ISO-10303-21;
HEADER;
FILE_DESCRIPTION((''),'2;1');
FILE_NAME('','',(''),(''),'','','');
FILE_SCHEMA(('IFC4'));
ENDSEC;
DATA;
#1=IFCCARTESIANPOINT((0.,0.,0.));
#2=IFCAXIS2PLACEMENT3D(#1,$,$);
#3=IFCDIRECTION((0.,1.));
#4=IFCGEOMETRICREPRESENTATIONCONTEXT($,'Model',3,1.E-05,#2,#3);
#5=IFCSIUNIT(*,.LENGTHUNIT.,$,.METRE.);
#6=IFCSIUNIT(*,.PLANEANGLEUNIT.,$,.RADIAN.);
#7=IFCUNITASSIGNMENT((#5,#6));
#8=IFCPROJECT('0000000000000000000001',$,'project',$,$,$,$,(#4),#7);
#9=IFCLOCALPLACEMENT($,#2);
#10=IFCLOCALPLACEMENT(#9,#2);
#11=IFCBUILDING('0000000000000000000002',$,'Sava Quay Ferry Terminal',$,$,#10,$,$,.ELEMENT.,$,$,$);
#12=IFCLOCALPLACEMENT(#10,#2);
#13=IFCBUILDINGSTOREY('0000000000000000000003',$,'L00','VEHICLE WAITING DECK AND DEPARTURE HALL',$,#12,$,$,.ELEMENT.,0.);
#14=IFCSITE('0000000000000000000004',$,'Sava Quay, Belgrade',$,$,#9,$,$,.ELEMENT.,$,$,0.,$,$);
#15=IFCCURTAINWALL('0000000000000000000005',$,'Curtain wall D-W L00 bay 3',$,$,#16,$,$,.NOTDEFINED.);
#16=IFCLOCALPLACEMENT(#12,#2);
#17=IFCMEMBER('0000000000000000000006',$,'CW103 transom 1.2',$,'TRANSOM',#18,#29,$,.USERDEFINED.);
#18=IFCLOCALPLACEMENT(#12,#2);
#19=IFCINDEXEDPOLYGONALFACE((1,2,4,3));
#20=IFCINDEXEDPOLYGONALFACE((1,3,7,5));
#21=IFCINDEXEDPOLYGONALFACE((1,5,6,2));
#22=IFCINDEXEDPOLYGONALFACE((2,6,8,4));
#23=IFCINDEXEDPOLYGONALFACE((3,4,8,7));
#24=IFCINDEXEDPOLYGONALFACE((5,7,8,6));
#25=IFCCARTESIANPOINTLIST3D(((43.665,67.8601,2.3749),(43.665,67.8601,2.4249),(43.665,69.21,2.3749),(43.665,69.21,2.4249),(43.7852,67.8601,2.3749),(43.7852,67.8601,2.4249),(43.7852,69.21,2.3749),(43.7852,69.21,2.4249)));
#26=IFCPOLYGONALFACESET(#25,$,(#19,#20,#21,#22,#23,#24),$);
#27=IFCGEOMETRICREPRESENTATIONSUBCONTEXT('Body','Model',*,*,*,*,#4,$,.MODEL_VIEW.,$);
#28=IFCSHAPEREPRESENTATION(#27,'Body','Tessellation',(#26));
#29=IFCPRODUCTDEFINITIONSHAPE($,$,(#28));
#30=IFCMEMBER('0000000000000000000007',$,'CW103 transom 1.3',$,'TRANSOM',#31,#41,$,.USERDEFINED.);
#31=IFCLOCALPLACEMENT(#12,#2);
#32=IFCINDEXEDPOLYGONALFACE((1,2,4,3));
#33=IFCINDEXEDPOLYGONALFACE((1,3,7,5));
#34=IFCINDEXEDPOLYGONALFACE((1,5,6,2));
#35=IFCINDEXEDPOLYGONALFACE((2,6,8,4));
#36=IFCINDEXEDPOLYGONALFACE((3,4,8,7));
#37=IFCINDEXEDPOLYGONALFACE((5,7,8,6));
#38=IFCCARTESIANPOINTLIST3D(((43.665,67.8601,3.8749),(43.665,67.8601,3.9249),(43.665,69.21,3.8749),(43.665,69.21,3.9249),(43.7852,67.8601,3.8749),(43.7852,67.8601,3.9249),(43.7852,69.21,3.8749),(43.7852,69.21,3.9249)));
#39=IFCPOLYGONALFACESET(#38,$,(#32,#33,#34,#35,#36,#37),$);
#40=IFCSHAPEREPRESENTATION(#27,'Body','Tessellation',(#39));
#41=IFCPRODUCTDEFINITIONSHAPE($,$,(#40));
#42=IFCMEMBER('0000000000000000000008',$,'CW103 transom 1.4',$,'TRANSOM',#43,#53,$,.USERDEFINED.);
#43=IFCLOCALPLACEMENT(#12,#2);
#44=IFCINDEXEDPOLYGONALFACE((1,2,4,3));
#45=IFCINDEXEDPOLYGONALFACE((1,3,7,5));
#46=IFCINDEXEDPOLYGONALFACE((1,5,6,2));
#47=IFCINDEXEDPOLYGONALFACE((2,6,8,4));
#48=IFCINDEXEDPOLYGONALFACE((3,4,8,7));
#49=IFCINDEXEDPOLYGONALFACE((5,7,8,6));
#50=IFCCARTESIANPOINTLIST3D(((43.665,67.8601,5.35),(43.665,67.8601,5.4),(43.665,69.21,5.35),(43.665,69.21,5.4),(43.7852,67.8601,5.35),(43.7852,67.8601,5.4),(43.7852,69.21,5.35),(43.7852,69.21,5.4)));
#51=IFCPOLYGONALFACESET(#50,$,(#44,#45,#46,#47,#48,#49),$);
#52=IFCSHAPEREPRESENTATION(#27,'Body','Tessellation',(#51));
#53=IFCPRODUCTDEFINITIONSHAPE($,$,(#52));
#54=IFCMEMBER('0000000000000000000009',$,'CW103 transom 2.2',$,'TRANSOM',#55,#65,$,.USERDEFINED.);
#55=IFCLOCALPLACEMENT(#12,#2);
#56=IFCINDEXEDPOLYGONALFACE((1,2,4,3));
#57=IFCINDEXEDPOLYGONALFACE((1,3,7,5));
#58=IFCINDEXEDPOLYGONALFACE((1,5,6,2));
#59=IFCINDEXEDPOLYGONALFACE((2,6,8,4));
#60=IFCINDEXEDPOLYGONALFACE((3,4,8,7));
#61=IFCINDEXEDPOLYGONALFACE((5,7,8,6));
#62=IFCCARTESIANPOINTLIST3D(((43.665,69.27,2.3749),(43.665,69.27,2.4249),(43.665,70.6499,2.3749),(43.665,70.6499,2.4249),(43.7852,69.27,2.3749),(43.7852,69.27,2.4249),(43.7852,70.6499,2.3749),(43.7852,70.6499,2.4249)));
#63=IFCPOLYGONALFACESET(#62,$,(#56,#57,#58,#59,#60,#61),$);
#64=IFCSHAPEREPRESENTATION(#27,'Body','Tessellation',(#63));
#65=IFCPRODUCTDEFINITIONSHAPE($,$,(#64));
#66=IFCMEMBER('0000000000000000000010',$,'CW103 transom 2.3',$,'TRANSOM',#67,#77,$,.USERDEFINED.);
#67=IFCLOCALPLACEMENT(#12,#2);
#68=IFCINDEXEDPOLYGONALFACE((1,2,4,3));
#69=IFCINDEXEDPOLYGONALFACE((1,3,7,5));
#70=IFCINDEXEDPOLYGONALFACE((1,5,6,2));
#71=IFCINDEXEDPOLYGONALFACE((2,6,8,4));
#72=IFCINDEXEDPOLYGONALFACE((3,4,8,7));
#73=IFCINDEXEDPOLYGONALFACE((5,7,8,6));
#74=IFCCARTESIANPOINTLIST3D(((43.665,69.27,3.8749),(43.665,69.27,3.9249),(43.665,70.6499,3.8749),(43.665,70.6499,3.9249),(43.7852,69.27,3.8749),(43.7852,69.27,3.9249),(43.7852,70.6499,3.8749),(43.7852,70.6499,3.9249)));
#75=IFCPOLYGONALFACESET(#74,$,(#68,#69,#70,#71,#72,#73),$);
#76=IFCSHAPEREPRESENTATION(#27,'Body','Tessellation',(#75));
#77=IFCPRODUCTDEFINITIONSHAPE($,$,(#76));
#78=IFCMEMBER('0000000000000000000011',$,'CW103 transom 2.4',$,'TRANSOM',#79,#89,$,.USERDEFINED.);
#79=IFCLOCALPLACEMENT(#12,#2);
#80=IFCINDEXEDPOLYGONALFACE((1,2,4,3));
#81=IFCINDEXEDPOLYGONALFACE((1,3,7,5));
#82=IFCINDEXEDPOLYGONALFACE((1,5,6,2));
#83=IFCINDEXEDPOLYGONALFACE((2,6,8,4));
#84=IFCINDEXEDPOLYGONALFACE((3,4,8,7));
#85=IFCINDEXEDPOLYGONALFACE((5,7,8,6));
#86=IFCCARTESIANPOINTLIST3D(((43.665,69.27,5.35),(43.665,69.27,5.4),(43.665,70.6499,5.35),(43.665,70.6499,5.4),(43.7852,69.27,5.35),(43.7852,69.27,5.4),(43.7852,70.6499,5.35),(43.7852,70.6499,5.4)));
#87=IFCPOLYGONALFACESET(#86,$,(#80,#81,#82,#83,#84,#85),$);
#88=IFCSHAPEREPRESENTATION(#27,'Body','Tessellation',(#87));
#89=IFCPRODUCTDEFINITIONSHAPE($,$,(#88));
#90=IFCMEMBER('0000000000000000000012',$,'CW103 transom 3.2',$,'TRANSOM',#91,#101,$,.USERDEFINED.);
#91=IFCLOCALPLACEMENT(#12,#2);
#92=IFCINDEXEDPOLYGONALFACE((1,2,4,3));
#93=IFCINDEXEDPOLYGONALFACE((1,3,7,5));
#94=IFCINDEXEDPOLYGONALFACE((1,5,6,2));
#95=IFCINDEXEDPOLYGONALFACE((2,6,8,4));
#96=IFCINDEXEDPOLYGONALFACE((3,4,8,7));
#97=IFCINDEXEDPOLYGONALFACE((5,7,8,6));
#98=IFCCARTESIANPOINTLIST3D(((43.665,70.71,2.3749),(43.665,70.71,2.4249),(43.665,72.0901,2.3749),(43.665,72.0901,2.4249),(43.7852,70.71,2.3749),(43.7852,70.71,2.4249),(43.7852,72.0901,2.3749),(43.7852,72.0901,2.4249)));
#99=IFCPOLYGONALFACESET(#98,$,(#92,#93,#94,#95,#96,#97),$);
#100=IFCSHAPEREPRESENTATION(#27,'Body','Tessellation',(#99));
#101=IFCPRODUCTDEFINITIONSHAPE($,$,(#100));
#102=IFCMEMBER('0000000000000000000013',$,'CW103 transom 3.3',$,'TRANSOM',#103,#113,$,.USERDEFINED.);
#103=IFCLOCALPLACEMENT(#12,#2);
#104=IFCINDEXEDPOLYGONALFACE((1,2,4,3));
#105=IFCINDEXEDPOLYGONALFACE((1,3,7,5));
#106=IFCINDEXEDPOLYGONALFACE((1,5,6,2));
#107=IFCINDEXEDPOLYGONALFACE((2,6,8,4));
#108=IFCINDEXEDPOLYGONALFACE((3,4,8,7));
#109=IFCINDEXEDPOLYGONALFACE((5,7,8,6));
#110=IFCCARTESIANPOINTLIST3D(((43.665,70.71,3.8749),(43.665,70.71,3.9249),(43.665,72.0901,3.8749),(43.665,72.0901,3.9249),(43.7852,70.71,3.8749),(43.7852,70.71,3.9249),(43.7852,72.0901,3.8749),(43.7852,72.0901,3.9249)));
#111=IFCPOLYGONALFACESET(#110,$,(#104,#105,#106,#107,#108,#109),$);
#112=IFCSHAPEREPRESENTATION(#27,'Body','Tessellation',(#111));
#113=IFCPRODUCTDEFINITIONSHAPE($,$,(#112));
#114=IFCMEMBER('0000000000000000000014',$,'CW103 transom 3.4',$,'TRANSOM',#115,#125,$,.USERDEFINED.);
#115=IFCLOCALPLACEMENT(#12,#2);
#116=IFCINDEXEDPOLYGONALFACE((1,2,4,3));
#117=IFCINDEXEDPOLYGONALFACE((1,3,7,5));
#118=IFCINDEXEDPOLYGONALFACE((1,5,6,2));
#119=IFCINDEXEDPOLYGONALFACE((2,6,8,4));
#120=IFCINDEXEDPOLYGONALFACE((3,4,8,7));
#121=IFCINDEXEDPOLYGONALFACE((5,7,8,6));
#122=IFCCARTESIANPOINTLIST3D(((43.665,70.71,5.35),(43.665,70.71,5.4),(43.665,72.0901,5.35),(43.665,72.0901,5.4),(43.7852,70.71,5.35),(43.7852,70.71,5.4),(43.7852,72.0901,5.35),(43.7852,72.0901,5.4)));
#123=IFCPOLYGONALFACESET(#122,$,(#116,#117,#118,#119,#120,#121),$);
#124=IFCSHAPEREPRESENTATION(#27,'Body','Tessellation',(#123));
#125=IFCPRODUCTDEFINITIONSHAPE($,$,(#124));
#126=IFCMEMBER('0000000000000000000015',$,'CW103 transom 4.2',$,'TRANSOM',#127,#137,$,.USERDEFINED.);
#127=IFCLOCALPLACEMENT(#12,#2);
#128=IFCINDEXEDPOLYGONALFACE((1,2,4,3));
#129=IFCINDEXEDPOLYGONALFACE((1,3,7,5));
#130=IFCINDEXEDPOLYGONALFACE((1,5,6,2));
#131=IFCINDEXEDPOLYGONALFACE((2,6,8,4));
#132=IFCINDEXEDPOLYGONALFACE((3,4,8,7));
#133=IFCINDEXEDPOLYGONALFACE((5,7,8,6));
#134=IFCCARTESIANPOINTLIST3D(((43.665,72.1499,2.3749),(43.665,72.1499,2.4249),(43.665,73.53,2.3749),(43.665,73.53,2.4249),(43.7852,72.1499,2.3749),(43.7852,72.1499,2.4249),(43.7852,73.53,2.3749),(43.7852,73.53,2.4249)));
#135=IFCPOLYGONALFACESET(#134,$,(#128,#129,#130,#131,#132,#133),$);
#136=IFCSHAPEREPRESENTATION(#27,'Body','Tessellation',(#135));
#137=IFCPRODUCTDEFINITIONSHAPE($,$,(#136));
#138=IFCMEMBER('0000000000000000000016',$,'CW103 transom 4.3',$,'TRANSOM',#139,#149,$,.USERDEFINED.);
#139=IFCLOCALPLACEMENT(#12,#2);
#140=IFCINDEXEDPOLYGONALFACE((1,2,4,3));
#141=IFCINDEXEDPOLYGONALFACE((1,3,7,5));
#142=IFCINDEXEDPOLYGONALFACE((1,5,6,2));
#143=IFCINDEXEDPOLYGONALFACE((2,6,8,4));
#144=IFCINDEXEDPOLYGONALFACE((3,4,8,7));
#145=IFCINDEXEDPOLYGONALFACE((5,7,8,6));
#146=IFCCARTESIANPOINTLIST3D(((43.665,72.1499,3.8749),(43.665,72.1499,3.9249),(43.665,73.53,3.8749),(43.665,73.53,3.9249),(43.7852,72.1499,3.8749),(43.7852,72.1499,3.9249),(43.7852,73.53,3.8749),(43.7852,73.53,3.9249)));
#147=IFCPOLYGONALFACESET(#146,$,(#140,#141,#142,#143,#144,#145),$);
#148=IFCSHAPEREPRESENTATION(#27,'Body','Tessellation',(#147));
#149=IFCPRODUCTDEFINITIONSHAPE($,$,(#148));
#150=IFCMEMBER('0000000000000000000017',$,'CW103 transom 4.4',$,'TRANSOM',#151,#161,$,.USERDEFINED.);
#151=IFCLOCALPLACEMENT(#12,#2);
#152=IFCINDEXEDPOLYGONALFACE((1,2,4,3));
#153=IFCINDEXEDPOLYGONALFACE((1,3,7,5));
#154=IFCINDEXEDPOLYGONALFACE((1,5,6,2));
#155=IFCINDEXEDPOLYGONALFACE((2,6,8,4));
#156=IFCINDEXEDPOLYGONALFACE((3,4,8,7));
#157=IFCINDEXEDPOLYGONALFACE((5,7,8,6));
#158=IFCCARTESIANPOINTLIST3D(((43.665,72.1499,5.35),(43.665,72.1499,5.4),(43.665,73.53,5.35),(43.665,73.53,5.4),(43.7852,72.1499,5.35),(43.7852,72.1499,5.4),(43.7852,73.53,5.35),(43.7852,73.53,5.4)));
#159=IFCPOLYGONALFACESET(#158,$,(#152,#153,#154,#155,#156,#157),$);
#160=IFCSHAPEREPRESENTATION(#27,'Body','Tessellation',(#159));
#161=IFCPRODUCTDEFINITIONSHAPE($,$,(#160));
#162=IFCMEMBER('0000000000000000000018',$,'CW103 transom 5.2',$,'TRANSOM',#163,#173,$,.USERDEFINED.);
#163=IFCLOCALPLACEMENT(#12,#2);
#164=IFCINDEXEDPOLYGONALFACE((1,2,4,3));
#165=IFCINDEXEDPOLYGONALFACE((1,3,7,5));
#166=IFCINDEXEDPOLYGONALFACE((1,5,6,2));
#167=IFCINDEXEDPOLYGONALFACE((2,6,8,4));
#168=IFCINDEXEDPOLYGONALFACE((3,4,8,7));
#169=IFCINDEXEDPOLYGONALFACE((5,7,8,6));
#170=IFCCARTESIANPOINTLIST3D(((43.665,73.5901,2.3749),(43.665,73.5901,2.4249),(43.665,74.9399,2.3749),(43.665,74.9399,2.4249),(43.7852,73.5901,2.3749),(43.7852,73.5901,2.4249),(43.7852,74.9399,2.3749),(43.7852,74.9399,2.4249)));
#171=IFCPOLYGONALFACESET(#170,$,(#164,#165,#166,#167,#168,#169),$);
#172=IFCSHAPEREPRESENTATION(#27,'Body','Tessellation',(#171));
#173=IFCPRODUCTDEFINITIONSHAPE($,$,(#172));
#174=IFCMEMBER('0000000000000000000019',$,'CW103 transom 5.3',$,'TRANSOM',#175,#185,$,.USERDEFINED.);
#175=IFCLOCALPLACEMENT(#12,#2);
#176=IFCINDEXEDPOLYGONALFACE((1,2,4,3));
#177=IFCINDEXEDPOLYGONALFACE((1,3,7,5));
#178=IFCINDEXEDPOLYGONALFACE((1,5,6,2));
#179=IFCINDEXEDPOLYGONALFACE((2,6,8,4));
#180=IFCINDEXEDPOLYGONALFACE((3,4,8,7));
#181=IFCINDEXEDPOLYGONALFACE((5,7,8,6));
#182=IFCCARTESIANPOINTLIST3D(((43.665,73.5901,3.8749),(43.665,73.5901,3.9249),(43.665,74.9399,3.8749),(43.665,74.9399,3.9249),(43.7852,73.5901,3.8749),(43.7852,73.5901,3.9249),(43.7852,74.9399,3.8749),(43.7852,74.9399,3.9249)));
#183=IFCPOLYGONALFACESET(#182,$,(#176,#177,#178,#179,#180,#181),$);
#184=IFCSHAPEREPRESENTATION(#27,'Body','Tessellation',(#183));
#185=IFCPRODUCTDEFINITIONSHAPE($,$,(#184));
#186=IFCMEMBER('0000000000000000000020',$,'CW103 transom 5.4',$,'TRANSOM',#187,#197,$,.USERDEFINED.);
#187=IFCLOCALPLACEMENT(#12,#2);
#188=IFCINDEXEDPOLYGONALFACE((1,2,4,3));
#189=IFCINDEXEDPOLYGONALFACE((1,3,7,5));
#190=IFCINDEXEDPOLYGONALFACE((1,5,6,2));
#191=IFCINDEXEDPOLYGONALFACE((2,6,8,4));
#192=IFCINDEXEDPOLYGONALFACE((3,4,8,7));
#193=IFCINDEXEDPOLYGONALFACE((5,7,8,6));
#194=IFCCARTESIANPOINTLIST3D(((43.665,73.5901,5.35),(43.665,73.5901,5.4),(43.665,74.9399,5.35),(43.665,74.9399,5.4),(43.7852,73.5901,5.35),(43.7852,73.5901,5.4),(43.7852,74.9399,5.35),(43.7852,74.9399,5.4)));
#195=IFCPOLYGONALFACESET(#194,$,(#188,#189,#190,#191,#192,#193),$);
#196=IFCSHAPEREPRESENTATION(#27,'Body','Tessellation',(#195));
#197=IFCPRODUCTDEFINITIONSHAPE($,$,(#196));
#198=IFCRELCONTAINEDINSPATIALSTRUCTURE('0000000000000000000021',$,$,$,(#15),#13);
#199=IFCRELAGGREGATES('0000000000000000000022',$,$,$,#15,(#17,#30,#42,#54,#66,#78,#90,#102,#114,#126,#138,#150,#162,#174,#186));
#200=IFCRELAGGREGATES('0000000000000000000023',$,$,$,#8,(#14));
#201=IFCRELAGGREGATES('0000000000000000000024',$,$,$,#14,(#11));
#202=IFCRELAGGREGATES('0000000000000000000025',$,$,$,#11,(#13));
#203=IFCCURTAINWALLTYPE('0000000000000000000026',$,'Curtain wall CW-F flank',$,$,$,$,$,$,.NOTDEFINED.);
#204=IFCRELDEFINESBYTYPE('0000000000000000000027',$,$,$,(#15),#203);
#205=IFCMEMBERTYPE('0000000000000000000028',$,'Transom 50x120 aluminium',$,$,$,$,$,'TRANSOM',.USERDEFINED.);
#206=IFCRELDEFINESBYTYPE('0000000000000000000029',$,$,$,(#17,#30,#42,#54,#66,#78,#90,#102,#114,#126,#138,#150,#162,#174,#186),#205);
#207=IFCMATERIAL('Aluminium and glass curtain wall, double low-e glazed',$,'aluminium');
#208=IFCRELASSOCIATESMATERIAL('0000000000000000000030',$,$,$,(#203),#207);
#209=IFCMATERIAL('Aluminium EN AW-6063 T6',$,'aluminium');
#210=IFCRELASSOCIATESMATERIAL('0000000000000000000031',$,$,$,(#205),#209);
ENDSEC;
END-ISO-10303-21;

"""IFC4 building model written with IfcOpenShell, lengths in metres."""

from ifc_helpers import new_model, si_unit, direction, frame, origin, origin_2d, place, context, subcontext, project, spatial, rectangle, extrude, material, material_profile, profile_set, type_object, element, aggregate, save


model = new_model("IFC4")

# Units and contexts
model_context = context("Model", 3, precision=1e-05, world=origin(), true_north=direction((0.0, 1.0)))
body_context = subcontext(model_context, "Body", "Model", "MODEL_VIEW")
ifc_project = project(units=[si_unit("LENGTHUNIT", "METRE"), si_unit("PLANEANGLEUNIT", "RADIAN")], contexts=[model_context])

# Site, building, storey
site_placement = place(None, origin())
site = spatial("IfcSite", under=ifc_project, at=site_placement, Name="Sava Quay, Belgrade", CompositionType="ELEMENT", RefElevation=0.0)
building_placement = place(site_placement, origin())
building = spatial("IfcBuilding", under=site, at=building_placement, Name="Sava Quay Ferry Terminal", CompositionType="ELEMENT")
storey_placement = place(building_placement, origin())
storey = spatial("IfcBuildingStorey", under=building, at=storey_placement, Name="L00", Description="VEHICLE WAITING DECK AND DEPARTURE HALL", CompositionType="ELEMENT", Elevation=0.0)

# Curtain wall, members
ifc_material_1 = material(Name="Aluminium and glass curtain wall, double low-e glazed", Category="aluminium")
curtain_wall_type = type_object("IfcCurtainWallType", Name="Curtain wall CW-F flank", PredefinedType="NOTDEFINED", material=ifc_material_1)
curtain_wall_placement = place(storey_placement, origin())
curtain_wall = element("IfcCurtainWall", 1, at=curtain_wall_placement, inside=storey, type_object=curtain_wall_type, Name="Curtain wall D-W L00 bay 3", PredefinedType="NOTDEFINED")
ifc_material_2 = material(Name="Aluminium EN AW-6063 T6", Category="aluminium")
ifc_material_profile = material_profile(ifc_material_2, rectangle(XDim=0.1201, YDim=0.05, at=origin_2d()), Name="Transom 50x120 aluminium")
ifc_profile_set = profile_set([ifc_material_profile], Name="Aluminium EN AW-6063 T6")
member_type = type_object("IfcMemberType", Name="Transom 50x120 aluminium", ElementType="TRANSOM", PredefinedType="USERDEFINED", material=ifc_profile_set)
member_1_placement = place(storey_placement, frame((43.7251, 67.8601, 2.3999), z_axis=(0.0, 1.0, 0.0), x_axis=(-1.0, 0.0, 0.0)))
member_1 = element("IfcMember", 2, at=member_1_placement, type_object=member_type, Name="CW103 transom 1.2", ObjectType="TRANSOM", PredefinedType="USERDEFINED", context=body_context, shape_type="SweptSolid", body=[
    extrude(rectangle(XDim=0.1201, YDim=0.05, at=origin_2d()), origin(), (0.0, 0.0, 1.0), 1.3499),
])
member_2_placement = place(storey_placement, frame((43.7251, 67.8601, 3.8999), z_axis=(0.0, 1.0, 0.0), x_axis=(-1.0, 0.0, 0.0)))
member_2 = element("IfcMember", 3, at=member_2_placement, type_object=member_type, Name="CW103 transom 1.3", ObjectType="TRANSOM", PredefinedType="USERDEFINED", context=body_context, shape_type="SweptSolid", body=[
    extrude(rectangle(XDim=0.1201, YDim=0.05, at=origin_2d()), origin(), (0.0, 0.0, 1.0), 1.3499),
])
member_3_placement = place(storey_placement, frame((43.7251, 67.8601, 5.375), z_axis=(0.0, 1.0, 0.0), x_axis=(-1.0, 0.0, 0.0)))
member_3 = element("IfcMember", 4, at=member_3_placement, type_object=member_type, Name="CW103 transom 1.4", ObjectType="TRANSOM", PredefinedType="USERDEFINED", context=body_context, shape_type="SweptSolid", body=[
    extrude(rectangle(XDim=0.1201, YDim=0.05, at=origin_2d()), origin(), (0.0, 0.0, 1.0), 1.3499),
])
member_4_placement = place(storey_placement, frame((43.7251, 69.27, 2.3999), z_axis=(0.0, 1.0, 0.0), x_axis=(-1.0, 0.0, 0.0)))
member_4 = element("IfcMember", 5, at=member_4_placement, type_object=member_type, Name="CW103 transom 2.2", ObjectType="TRANSOM", PredefinedType="USERDEFINED", context=body_context, shape_type="SweptSolid", body=[
    extrude(rectangle(XDim=0.1201, YDim=0.05, at=origin_2d()), origin(), (0.0, 0.0, 1.0), 1.3799),
])
member_5_placement = place(storey_placement, frame((43.7251, 69.27, 3.8999), z_axis=(0.0, 1.0, 0.0), x_axis=(-1.0, 0.0, 0.0)))
member_5 = element("IfcMember", 6, at=member_5_placement, type_object=member_type, Name="CW103 transom 2.3", ObjectType="TRANSOM", PredefinedType="USERDEFINED", context=body_context, shape_type="SweptSolid", body=[
    extrude(rectangle(XDim=0.1201, YDim=0.05, at=origin_2d()), origin(), (0.0, 0.0, 1.0), 1.3799),
])
member_6_placement = place(storey_placement, frame((43.7251, 69.27, 5.375), z_axis=(0.0, 1.0, 0.0), x_axis=(-1.0, 0.0, 0.0)))
member_6 = element("IfcMember", 7, at=member_6_placement, type_object=member_type, Name="CW103 transom 2.4", ObjectType="TRANSOM", PredefinedType="USERDEFINED", context=body_context, shape_type="SweptSolid", body=[
    extrude(rectangle(XDim=0.1201, YDim=0.05, at=origin_2d()), origin(), (0.0, 0.0, 1.0), 1.3799),
])
member_7_placement = place(storey_placement, frame((43.7251, 70.71, 2.3999), z_axis=(0.0, 1.0, 0.0), x_axis=(-1.0, 0.0, 0.0)))
member_7 = element("IfcMember", 8, at=member_7_placement, type_object=member_type, Name="CW103 transom 3.2", ObjectType="TRANSOM", PredefinedType="USERDEFINED", context=body_context, shape_type="SweptSolid", body=[
    extrude(rectangle(XDim=0.1201, YDim=0.05, at=origin_2d()), origin(), (0.0, 0.0, 1.0), 1.3801),
])
member_8_placement = place(storey_placement, frame((43.7251, 70.71, 3.8999), z_axis=(0.0, 1.0, 0.0), x_axis=(-1.0, 0.0, 0.0)))
member_8 = element("IfcMember", 9, at=member_8_placement, type_object=member_type, Name="CW103 transom 3.3", ObjectType="TRANSOM", PredefinedType="USERDEFINED", context=body_context, shape_type="SweptSolid", body=[
    extrude(rectangle(XDim=0.1201, YDim=0.05, at=origin_2d()), origin(), (0.0, 0.0, 1.0), 1.3801),
])
member_9_placement = place(storey_placement, frame((43.7251, 70.71, 5.375), z_axis=(0.0, 1.0, 0.0), x_axis=(-1.0, 0.0, 0.0)))
member_9 = element("IfcMember", 10, at=member_9_placement, type_object=member_type, Name="CW103 transom 3.4", ObjectType="TRANSOM", PredefinedType="USERDEFINED", context=body_context, shape_type="SweptSolid", body=[
    extrude(rectangle(XDim=0.1201, YDim=0.05, at=origin_2d()), origin(), (0.0, 0.0, 1.0), 1.3801),
])
member_10_placement = place(storey_placement, frame((43.7251, 72.1499, 2.3999), z_axis=(0.0, 1.0, 0.0), x_axis=(-1.0, 0.0, 0.0)))
member_10 = element("IfcMember", 11, at=member_10_placement, type_object=member_type, Name="CW103 transom 4.2", ObjectType="TRANSOM", PredefinedType="USERDEFINED", context=body_context, shape_type="SweptSolid", body=[
    extrude(rectangle(XDim=0.1201, YDim=0.05, at=origin_2d()), origin(), (0.0, 0.0, 1.0), 1.3801),
])
member_11_placement = place(storey_placement, frame((43.7251, 72.1499, 3.8999), z_axis=(0.0, 1.0, 0.0), x_axis=(-1.0, 0.0, 0.0)))
member_11 = element("IfcMember", 12, at=member_11_placement, type_object=member_type, Name="CW103 transom 4.3", ObjectType="TRANSOM", PredefinedType="USERDEFINED", context=body_context, shape_type="SweptSolid", body=[
    extrude(rectangle(XDim=0.1201, YDim=0.05, at=origin_2d()), origin(), (0.0, 0.0, 1.0), 1.3801),
])
member_12_placement = place(storey_placement, frame((43.7251, 72.1499, 5.375), z_axis=(0.0, 1.0, 0.0), x_axis=(-1.0, 0.0, 0.0)))
member_12 = element("IfcMember", 13, at=member_12_placement, type_object=member_type, Name="CW103 transom 4.4", ObjectType="TRANSOM", PredefinedType="USERDEFINED", context=body_context, shape_type="SweptSolid", body=[
    extrude(rectangle(XDim=0.1201, YDim=0.05, at=origin_2d()), origin(), (0.0, 0.0, 1.0), 1.3801),
])
member_13_placement = place(storey_placement, frame((43.7251, 73.5901, 2.3999), z_axis=(0.0, 1.0, 0.0), x_axis=(-1.0, 0.0, 0.0)))
member_13 = element("IfcMember", 14, at=member_13_placement, type_object=member_type, Name="CW103 transom 5.2", ObjectType="TRANSOM", PredefinedType="USERDEFINED", context=body_context, shape_type="SweptSolid", body=[
    extrude(rectangle(XDim=0.1201, YDim=0.05, at=origin_2d()), origin(), (0.0, 0.0, 1.0), 1.3499),
])
member_14_placement = place(storey_placement, frame((43.7251, 73.5901, 3.8999), z_axis=(0.0, 1.0, 0.0), x_axis=(-1.0, 0.0, 0.0)))
member_14 = element("IfcMember", 15, at=member_14_placement, type_object=member_type, Name="CW103 transom 5.3", ObjectType="TRANSOM", PredefinedType="USERDEFINED", context=body_context, shape_type="SweptSolid", body=[
    extrude(rectangle(XDim=0.1201, YDim=0.05, at=origin_2d()), origin(), (0.0, 0.0, 1.0), 1.3499),
])
member_15_placement = place(storey_placement, frame((43.7251, 73.5901, 5.375), z_axis=(0.0, 1.0, 0.0), x_axis=(-1.0, 0.0, 0.0)))
member_15 = element("IfcMember", 16, at=member_15_placement, type_object=member_type, Name="CW103 transom 5.4", ObjectType="TRANSOM", PredefinedType="USERDEFINED", context=body_context, shape_type="SweptSolid", body=[
    extrude(rectangle(XDim=0.1201, YDim=0.05, at=origin_2d()), origin(), (0.0, 0.0, 1.0), 1.3499),
])
aggregate(curtain_wall, [member_1, member_2, member_3, member_4, member_5, member_6, member_7, member_8, member_9, member_10, member_11, member_12, member_13, member_14, member_15])

save(model, "model.ifc")
